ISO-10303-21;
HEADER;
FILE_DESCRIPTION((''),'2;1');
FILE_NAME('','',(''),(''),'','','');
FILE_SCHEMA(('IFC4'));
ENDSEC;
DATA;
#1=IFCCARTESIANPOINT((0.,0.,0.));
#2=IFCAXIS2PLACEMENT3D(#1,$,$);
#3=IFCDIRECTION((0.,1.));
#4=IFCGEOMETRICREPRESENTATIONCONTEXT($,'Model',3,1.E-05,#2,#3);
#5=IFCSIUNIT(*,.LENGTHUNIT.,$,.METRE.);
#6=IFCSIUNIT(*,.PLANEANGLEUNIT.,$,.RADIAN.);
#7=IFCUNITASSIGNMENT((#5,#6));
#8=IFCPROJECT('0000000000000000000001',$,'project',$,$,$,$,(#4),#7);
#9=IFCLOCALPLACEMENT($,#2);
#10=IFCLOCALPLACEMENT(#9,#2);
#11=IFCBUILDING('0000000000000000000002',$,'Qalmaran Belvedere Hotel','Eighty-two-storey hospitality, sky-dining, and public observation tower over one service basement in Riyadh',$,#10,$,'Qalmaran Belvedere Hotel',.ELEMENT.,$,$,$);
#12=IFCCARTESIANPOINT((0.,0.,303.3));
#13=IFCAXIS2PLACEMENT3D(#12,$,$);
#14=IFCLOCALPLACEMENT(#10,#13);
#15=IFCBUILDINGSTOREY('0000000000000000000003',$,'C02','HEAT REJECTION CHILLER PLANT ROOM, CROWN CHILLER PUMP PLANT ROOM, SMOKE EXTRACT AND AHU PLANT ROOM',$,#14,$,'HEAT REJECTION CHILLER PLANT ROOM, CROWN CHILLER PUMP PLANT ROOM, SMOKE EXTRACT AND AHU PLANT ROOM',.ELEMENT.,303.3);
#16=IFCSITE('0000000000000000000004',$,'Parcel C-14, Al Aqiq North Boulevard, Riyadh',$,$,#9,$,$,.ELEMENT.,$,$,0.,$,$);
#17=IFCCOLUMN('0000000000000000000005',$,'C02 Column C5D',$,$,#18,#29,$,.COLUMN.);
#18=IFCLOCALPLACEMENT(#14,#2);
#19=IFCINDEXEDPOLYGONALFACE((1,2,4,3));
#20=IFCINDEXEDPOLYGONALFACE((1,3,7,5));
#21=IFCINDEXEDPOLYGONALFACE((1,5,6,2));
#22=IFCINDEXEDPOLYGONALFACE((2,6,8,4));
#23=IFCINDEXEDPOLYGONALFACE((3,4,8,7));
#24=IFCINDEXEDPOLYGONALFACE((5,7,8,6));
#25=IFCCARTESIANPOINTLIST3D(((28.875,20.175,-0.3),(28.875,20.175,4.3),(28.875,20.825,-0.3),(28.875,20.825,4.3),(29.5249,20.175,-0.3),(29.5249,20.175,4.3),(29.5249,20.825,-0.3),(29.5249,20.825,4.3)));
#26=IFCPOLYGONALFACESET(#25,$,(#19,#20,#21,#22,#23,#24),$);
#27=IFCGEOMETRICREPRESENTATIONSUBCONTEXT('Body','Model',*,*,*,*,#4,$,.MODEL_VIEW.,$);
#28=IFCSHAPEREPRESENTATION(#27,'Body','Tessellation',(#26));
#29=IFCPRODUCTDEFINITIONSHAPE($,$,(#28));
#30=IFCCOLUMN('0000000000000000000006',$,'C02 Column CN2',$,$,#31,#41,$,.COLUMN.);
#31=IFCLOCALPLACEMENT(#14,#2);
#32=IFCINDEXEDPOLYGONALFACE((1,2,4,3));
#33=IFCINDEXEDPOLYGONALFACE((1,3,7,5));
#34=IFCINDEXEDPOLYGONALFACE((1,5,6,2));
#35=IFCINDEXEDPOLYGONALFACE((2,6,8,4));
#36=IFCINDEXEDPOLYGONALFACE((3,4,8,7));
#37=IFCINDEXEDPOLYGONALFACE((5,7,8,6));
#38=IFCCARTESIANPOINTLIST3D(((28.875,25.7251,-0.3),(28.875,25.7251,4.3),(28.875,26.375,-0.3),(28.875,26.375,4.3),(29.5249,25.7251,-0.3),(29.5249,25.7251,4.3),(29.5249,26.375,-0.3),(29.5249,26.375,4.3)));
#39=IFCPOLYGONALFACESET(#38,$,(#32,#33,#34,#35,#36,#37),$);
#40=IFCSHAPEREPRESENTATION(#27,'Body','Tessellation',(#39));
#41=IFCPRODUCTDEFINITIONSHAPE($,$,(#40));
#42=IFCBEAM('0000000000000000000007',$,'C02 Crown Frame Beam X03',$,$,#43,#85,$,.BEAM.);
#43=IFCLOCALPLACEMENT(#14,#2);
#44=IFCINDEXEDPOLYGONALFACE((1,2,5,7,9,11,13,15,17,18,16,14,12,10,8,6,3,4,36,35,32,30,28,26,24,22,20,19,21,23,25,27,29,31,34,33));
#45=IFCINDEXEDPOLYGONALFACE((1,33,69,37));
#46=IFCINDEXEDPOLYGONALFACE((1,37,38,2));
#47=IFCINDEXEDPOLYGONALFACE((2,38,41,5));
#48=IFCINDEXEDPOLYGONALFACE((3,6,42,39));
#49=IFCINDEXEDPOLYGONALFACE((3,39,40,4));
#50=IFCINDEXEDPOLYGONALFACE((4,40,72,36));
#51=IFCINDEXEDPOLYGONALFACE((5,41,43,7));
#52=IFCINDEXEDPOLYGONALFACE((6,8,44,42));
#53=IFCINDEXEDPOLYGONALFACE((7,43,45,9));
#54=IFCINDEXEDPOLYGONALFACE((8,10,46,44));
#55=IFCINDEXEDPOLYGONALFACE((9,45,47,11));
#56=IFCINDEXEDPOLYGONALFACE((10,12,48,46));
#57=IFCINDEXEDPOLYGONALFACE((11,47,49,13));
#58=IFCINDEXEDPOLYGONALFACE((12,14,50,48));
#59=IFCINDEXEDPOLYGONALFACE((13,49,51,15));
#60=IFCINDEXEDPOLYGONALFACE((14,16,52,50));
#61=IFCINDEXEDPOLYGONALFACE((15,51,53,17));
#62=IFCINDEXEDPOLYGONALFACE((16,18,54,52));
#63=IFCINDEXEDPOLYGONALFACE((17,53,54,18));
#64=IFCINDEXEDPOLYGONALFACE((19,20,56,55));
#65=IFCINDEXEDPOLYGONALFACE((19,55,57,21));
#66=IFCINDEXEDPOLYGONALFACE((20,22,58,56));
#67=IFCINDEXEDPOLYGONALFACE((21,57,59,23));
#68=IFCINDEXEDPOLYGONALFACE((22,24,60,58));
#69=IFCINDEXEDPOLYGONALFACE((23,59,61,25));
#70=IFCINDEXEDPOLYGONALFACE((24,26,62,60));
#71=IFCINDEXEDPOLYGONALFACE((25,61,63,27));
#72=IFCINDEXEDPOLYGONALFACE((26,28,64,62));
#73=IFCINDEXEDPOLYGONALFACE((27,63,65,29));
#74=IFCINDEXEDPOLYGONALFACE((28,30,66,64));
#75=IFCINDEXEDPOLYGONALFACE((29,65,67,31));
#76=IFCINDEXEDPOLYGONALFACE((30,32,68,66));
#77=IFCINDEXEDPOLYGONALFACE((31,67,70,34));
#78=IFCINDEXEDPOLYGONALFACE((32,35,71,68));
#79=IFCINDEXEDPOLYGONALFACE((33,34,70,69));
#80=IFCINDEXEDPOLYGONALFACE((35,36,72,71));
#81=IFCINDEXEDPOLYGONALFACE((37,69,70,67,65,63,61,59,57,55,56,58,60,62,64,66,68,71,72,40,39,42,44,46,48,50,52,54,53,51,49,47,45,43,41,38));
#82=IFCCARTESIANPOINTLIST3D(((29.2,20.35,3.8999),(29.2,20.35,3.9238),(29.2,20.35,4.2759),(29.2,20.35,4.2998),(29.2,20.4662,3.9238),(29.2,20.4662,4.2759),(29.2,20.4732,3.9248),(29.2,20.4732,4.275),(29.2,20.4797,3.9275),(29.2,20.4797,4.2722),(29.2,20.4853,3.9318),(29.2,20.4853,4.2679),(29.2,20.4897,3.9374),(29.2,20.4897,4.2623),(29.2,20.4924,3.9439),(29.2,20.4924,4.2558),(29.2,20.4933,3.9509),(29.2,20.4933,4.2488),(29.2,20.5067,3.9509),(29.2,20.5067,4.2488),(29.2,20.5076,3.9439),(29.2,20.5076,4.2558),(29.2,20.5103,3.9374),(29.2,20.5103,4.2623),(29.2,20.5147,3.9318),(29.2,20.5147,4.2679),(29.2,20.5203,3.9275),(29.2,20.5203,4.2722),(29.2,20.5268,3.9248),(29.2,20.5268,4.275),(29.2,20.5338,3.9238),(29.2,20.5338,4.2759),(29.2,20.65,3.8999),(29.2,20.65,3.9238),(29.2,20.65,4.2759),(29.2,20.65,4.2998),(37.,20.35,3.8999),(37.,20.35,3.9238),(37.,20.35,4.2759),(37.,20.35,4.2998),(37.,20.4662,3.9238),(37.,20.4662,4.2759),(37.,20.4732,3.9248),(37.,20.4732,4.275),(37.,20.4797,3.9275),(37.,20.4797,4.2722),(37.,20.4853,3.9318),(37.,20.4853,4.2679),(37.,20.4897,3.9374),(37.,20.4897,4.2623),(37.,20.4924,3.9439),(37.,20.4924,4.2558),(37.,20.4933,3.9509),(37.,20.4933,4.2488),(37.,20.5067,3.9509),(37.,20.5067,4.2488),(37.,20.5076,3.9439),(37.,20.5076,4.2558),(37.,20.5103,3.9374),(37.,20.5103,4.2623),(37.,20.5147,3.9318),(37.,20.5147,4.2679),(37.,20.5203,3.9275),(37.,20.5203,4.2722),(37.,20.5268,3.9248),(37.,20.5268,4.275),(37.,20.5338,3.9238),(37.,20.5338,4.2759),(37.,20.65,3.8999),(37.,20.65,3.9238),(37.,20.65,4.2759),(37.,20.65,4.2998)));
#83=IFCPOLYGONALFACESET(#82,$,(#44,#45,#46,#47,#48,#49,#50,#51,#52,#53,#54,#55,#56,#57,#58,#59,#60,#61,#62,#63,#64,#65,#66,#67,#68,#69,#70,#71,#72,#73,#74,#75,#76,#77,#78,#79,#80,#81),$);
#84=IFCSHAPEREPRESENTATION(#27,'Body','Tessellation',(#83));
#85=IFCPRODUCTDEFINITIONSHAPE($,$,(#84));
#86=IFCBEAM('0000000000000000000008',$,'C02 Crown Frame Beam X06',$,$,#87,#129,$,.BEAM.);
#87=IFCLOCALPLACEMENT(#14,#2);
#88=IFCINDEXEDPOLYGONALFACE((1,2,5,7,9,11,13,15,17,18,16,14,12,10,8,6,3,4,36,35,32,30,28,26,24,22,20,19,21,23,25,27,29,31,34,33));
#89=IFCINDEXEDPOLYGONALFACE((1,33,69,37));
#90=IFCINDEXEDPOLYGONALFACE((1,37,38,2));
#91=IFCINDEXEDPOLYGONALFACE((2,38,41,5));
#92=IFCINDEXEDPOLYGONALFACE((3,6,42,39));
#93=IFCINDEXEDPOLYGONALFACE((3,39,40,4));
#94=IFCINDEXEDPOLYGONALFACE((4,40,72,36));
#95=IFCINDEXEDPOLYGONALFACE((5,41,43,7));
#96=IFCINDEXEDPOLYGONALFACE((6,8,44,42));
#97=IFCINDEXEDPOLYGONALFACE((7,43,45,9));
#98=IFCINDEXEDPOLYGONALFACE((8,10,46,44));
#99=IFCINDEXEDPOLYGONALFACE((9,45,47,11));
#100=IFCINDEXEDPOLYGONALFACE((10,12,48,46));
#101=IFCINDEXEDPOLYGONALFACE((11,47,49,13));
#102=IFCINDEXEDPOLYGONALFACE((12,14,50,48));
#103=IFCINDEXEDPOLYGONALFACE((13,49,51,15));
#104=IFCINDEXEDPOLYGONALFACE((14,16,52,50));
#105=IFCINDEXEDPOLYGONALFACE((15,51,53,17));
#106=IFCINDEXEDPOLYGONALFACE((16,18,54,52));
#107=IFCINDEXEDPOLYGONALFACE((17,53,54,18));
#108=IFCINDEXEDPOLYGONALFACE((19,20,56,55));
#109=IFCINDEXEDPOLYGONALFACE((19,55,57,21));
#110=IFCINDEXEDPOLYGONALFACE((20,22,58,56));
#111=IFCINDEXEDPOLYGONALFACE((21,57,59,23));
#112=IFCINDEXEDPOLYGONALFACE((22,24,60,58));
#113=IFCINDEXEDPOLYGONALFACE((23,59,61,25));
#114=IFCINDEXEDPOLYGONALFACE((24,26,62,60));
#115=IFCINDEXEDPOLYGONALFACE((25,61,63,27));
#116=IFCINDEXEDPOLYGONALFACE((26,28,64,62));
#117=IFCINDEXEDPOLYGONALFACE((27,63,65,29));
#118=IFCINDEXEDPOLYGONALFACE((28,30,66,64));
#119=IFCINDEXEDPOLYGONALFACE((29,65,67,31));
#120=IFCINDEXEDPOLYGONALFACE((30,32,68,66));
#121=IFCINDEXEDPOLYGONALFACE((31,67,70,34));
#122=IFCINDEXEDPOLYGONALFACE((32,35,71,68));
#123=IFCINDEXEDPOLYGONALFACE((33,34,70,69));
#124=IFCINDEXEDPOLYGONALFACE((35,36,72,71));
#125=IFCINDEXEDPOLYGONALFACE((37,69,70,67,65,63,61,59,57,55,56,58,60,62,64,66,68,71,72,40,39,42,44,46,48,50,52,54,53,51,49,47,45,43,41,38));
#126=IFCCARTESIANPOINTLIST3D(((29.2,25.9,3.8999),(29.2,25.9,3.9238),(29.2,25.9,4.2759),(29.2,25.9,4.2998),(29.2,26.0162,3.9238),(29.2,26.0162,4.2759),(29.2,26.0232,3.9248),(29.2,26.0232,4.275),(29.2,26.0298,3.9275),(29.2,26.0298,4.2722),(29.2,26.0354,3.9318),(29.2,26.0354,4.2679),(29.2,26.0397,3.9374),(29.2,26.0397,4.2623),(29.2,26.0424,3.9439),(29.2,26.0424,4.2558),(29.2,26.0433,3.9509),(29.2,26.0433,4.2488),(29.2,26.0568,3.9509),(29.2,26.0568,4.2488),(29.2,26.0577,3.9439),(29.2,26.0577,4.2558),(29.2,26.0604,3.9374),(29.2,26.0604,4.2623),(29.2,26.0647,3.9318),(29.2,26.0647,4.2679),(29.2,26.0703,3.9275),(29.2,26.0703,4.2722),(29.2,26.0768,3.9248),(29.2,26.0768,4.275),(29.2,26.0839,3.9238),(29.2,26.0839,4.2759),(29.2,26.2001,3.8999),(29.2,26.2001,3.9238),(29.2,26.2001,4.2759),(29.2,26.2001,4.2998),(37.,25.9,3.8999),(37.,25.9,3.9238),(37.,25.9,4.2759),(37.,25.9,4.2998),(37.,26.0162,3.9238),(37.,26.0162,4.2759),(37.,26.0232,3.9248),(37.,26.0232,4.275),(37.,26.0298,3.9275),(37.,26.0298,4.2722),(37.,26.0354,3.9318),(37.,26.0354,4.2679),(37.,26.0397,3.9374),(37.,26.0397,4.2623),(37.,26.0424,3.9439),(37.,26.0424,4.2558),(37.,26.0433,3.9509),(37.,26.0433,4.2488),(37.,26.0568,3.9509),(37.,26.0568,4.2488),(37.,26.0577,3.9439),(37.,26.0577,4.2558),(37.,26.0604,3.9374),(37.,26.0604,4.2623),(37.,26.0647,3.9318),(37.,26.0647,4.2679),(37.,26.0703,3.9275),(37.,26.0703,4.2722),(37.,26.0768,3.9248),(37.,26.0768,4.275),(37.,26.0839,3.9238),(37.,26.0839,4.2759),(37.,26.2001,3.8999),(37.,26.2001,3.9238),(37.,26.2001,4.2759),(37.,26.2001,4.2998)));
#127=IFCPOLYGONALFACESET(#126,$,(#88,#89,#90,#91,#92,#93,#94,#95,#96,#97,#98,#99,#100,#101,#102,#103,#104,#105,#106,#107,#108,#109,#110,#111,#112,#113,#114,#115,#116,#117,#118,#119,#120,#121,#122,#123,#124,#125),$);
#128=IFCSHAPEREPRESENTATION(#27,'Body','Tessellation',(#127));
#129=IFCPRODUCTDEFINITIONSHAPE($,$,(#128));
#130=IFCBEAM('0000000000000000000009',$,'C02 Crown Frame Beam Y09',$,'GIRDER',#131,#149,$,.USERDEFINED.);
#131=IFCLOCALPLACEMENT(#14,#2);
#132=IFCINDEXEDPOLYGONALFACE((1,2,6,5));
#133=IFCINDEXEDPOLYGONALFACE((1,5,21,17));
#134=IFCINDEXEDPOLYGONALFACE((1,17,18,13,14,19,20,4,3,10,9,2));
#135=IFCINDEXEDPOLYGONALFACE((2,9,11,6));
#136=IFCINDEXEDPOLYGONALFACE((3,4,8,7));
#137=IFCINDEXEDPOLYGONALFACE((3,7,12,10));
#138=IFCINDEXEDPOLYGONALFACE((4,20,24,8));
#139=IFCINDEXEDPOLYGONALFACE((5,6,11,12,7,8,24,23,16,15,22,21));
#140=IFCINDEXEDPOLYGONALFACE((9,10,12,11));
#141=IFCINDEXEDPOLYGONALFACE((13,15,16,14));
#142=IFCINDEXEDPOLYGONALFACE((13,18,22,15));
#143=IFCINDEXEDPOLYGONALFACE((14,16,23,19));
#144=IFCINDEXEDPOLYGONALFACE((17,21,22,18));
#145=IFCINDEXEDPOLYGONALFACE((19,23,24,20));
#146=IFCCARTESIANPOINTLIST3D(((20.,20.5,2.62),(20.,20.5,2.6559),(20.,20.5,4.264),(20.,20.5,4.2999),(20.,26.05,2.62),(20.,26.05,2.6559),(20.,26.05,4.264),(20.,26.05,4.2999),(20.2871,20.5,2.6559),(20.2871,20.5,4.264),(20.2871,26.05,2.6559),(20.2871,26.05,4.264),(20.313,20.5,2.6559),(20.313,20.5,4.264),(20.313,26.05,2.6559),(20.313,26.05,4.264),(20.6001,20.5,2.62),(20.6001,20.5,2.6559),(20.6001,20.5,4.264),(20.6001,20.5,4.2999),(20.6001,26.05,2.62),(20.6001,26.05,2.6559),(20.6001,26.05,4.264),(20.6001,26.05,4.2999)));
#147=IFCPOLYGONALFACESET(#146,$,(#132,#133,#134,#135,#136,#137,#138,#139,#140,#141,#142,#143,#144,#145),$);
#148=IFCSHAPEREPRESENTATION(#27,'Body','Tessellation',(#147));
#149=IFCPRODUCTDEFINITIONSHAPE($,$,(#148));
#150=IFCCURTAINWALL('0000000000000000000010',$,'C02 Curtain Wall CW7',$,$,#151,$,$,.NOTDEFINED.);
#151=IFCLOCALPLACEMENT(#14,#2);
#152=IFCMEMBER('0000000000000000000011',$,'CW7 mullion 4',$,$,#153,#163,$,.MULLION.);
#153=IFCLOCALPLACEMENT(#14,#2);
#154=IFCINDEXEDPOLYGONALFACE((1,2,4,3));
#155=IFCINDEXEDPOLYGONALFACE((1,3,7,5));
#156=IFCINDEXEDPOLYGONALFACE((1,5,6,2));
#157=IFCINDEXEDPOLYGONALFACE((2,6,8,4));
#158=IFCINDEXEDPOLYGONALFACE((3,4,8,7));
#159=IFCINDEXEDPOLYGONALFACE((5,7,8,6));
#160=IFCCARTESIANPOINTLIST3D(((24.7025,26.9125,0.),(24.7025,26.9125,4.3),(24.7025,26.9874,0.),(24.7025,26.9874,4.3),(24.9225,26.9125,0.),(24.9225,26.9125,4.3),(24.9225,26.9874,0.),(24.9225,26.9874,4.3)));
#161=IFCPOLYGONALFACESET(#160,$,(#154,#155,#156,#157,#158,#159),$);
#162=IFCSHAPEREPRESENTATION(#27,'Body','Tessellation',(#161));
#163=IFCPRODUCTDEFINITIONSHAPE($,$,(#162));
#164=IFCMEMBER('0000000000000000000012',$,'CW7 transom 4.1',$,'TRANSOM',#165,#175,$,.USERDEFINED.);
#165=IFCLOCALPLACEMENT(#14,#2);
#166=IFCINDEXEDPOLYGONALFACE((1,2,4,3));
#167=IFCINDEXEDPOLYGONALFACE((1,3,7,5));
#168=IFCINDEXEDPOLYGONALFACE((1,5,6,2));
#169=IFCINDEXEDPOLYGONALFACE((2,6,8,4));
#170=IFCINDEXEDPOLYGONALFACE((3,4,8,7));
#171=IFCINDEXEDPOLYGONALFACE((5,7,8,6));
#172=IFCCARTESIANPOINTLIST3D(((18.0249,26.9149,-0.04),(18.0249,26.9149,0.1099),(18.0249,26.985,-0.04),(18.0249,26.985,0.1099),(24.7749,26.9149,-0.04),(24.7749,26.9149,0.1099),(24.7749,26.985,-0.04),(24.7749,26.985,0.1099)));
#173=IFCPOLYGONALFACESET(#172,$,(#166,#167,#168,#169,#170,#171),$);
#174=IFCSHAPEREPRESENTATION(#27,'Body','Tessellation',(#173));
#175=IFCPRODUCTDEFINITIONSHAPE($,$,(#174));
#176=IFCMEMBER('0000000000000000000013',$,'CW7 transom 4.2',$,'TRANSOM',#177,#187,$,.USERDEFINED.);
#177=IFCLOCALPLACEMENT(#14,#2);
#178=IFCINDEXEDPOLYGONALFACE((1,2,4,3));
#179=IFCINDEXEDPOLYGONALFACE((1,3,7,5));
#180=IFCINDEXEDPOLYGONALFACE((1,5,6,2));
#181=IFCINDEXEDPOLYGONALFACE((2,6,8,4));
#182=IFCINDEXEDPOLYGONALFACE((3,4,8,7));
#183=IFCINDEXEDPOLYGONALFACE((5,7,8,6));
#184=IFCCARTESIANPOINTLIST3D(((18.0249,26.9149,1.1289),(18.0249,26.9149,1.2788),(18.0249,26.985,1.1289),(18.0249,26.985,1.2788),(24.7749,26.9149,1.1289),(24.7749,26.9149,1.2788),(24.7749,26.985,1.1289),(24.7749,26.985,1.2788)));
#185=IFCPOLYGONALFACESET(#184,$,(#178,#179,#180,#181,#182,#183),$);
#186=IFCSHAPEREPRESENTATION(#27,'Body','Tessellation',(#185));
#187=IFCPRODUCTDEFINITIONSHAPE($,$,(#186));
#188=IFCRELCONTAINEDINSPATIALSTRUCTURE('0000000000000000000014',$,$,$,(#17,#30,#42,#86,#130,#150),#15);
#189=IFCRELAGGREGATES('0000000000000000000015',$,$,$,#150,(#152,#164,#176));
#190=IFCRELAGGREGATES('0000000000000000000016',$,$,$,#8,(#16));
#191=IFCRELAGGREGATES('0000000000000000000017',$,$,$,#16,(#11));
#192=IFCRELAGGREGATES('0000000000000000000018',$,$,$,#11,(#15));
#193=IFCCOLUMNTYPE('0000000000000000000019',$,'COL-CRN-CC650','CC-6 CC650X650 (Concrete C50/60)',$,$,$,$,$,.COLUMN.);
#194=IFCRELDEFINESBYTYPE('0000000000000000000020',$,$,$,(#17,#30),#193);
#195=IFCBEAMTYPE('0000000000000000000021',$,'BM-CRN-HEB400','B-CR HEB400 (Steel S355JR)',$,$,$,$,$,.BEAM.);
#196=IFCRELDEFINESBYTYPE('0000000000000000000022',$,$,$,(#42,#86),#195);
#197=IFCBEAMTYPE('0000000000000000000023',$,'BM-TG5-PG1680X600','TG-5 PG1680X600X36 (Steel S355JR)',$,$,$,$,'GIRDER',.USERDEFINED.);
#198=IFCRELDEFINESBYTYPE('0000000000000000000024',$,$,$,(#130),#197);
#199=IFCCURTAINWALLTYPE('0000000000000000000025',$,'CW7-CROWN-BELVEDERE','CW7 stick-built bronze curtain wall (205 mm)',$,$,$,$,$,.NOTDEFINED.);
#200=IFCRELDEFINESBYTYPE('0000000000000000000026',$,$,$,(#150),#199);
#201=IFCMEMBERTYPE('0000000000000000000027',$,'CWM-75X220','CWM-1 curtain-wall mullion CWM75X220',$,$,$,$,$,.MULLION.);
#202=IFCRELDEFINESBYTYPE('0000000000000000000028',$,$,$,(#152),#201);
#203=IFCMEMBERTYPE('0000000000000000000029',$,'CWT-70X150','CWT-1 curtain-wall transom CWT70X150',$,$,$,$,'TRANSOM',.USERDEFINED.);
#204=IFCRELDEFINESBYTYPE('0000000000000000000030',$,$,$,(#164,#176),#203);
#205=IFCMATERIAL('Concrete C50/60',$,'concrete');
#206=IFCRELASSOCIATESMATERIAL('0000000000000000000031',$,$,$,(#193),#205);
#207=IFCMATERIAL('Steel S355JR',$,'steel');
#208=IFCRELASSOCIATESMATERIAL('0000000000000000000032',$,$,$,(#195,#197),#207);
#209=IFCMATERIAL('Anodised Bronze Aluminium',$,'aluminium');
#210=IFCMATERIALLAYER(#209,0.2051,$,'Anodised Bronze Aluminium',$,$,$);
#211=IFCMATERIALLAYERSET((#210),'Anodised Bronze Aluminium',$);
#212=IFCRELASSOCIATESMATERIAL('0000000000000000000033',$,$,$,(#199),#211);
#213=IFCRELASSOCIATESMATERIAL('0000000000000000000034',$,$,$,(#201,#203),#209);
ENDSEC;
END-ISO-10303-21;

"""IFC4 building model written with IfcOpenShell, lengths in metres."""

from ifc_helpers import new_model, si_unit, direction, frame, origin, origin_2d, place, context, subcontext, project, spatial, rectangle, i_section, extrude, material, layer, layer_set, material_profile, profile_set, type_object, element, aggregate, save


model = new_model("IFC4")

# Units and contexts
model_context = context("Model", 3, precision=1e-05, world=origin(), true_north=direction((0.0, 1.0)))
body_context = subcontext(model_context, "Body", "Model", "MODEL_VIEW")
ifc_project = project(units=[si_unit("LENGTHUNIT", "METRE"), si_unit("PLANEANGLEUNIT", "RADIAN")], contexts=[model_context])

# Site, building, storey
site_placement = place(None, origin())
site = spatial("IfcSite", under=ifc_project, at=site_placement, Name="Parcel C-14, Al Aqiq North Boulevard, Riyadh", CompositionType="ELEMENT", RefElevation=0.0)
building_placement = place(site_placement, origin())
building = spatial("IfcBuilding", under=site, at=building_placement, Name="Qalmaran Belvedere Hotel", Description="Eighty-two-storey hospitality, sky-dining, and public observation tower over one service basement in Riyadh", LongName="Qalmaran Belvedere Hotel", CompositionType="ELEMENT")
storey_placement = place(building_placement, frame((0.0, 0.0, 303.3)))
storey = spatial("IfcBuildingStorey", under=building, at=storey_placement, Name="C02", Description="HEAT REJECTION CHILLER PLANT ROOM, CROWN CHILLER PUMP PLANT ROOM, SMOKE EXTRACT AND AHU PLANT ROOM", LongName="HEAT REJECTION CHILLER PLANT ROOM, CROWN CHILLER PUMP PLANT ROOM, SMOKE EXTRACT AND AHU PLANT ROOM", CompositionType="ELEMENT", Elevation=303.3)

# Columns
ifc_material_1 = material(Name="Concrete C50/60", Category="concrete")
ifc_material_profile_1 = material_profile(ifc_material_1, rectangle(XDim=0.6499, YDim=0.6499, at=origin_2d()), Name="CC650X650")
ifc_profile_set_1 = profile_set([ifc_material_profile_1], Name="Concrete C50/60")
column_type = type_object("IfcColumnType", Name="COL-CRN-CC650", Description="CC-6 CC650X650 (Concrete C50/60)", PredefinedType="COLUMN", material=ifc_profile_set_1)
for number, where, z_axis, x_axis, name in (
    (1, (29.2, 20.5, -0.3), (0.0, 0.0, 1.0), (1.0, 0.0, 0.0), "C02 Column C5D"),
    (2, (29.2, 26.05, -0.3), (0.0, 0.0, 1.0), (1.0, 0.0, 0.0), "C02 Column CN2"),
):
    element("IfcColumn", number, at=place(storey_placement, frame(where, z_axis=z_axis, x_axis=x_axis)), inside=storey, type_object=column_type, Name=name, PredefinedType="COLUMN", context=body_context, shape_type="SweptSolid", body=[
        extrude(rectangle(XDim=0.6499, YDim=0.6499, at=origin_2d()), origin(), (0.0, 0.0, 1.0), 4.6001),
    ])

# Beams
ifc_material_2 = material(Name="Steel S355JR", Category="steel")
ifc_material_profile_2 = material_profile(ifc_material_2, i_section(OverallWidth=0.3, OverallDepth=0.3999, WebThickness=0.0134, FlangeThickness=0.0239, FilletRadius=0.0271, at=origin_2d()), Name="HEB400")
ifc_profile_set_2 = profile_set([ifc_material_profile_2], Name="Steel S355JR")
beam_type_1 = type_object("IfcBeamType", Name="BM-CRN-HEB400", Description="B-CR HEB400 (Steel S355JR)", PredefinedType="BEAM", material=ifc_profile_set_2)
for number, where, z_axis, x_axis, name in (
    (3, (29.2, 20.5, 4.0999), (1.0, 0.0, 0.0), (0.0, 1.0, 0.0), "C02 Crown Frame Beam X03"),
    (4, (29.2, 26.05, 4.0999), (1.0, 0.0, 0.0), (0.0, 1.0, 0.0), "C02 Crown Frame Beam X06"),
):
    element("IfcBeam", number, at=place(storey_placement, frame(where, z_axis=z_axis, x_axis=x_axis)), inside=storey, type_object=beam_type_1, Name=name, PredefinedType="BEAM", context=body_context, shape_type="SweptSolid", body=[
        extrude(i_section(OverallWidth=0.3, OverallDepth=0.3999, WebThickness=0.0134, FlangeThickness=0.0239, FilletRadius=0.0271, at=origin_2d()), origin(), (0.0, 0.0, 1.0), 7.8),
    ])
ifc_material_profile_3 = material_profile(ifc_material_2, i_section(OverallWidth=0.6001, OverallDepth=1.6799, WebThickness=0.0259, FlangeThickness=0.0359, at=origin_2d()), Name="PG1680X600X36")
ifc_profile_set_3 = profile_set([ifc_material_profile_3], Name="Steel S355JR")
beam_type_2 = type_object("IfcBeamType", Name="BM-TG5-PG1680X600", Description="TG-5 PG1680X600X36 (Steel S355JR)", ElementType="GIRDER", PredefinedType="USERDEFINED", material=ifc_profile_set_3)
beam_placement = place(storey_placement, frame((20.3, 20.5, 3.46), z_axis=(0.0, 1.0, 0.0), x_axis=(-1.0, 0.0, 0.0)))
element("IfcBeam", 5, at=beam_placement, inside=storey, type_object=beam_type_2, Name="C02 Crown Frame Beam Y09", ObjectType="GIRDER", PredefinedType="USERDEFINED", context=body_context, shape_type="SweptSolid", body=[
    extrude(i_section(OverallWidth=0.6001, OverallDepth=1.6799, WebThickness=0.0259, FlangeThickness=0.0359, at=origin_2d()), origin(), (0.0, 0.0, 1.0), 5.55),
])

# Curtain wall, members
ifc_material_3 = material(Name="Anodised Bronze Aluminium", Category="aluminium")
ifc_layer_1 = layer(ifc_material_3, 0.2051, Name="Anodised Bronze Aluminium")
ifc_layer_set_1 = layer_set([ifc_layer_1], Name="Anodised Bronze Aluminium")
curtain_wall_type = type_object("IfcCurtainWallType", Name="CW7-CROWN-BELVEDERE", Description="CW7 stick-built bronze curtain wall (205 mm)", PredefinedType="NOTDEFINED", material=ifc_layer_set_1)
curtain_wall_placement = place(storey_placement, origin())
curtain_wall = element("IfcCurtainWall", 6, at=curtain_wall_placement, inside=storey, type_object=curtain_wall_type, Name="C02 Curtain Wall CW7", PredefinedType="NOTDEFINED")
ifc_material_profile_4 = material_profile(ifc_material_3, rectangle(XDim=0.075, YDim=0.22, at=origin_2d()), Name="CWM75X220")
ifc_profile_set_4 = profile_set([ifc_material_profile_4], Name="Anodised Bronze Aluminium")
member_type_1 = type_object("IfcMemberType", Name="CWM-75X220", Description="CWM-1 curtain-wall mullion CWM75X220", PredefinedType="MULLION", material=ifc_profile_set_4)
member_1_placement = place(storey_placement, frame((24.8125, 26.95, 0.0), z_axis=(0.0, 0.0, 1.0), x_axis=(0.0, -1.0, 0.0)))
member_1 = element("IfcMember", 7, at=member_1_placement, type_object=member_type_1, Name="CW7 mullion 4", PredefinedType="MULLION", context=body_context, shape_type="SweptSolid", body=[
    extrude(rectangle(XDim=0.075, YDim=0.22, at=origin_2d()), origin(), (0.0, 0.0, 1.0), 4.3),
])
ifc_material_profile_5 = material_profile(ifc_material_3, rectangle(XDim=0.0701, YDim=0.1499, at=origin_2d()), Name="CWT70X150")
ifc_profile_set_5 = profile_set([ifc_material_profile_5], Name="Anodised Bronze Aluminium")
member_type_2 = type_object("IfcMemberType", Name="CWT-70X150", Description="CWT-1 curtain-wall transom CWT70X150", ElementType="TRANSOM", PredefinedType="USERDEFINED", material=ifc_profile_set_5)
member_2_placement = place(storey_placement, frame((24.7749, 26.95, 0.0349), z_axis=(-1.0, 0.0, 0.0), x_axis=(0.0, -1.0, 0.0)))
member_2 = element("IfcMember", 8, at=member_2_placement, type_object=member_type_2, Name="CW7 transom 4.1", ObjectType="TRANSOM", PredefinedType="USERDEFINED", context=body_context, shape_type="SweptSolid", body=[
    extrude(rectangle(XDim=0.0701, YDim=0.1499, at=origin_2d()), origin(), (0.0, 0.0, 1.0), 6.75),
])
member_3_placement = place(storey_placement, frame((24.7749, 26.95, 1.2039), z_axis=(-1.0, 0.0, 0.0), x_axis=(0.0, -1.0, 0.0)))
member_3 = element("IfcMember", 9, at=member_3_placement, type_object=member_type_2, Name="CW7 transom 4.2", ObjectType="TRANSOM", PredefinedType="USERDEFINED", context=body_context, shape_type="SweptSolid", body=[
    extrude(rectangle(XDim=0.0701, YDim=0.1499, at=origin_2d()), origin(), (0.0, 0.0, 1.0), 6.75),
])
aggregate(curtain_wall, [member_1, member_2, member_3])

save(model, "model.ifc")
